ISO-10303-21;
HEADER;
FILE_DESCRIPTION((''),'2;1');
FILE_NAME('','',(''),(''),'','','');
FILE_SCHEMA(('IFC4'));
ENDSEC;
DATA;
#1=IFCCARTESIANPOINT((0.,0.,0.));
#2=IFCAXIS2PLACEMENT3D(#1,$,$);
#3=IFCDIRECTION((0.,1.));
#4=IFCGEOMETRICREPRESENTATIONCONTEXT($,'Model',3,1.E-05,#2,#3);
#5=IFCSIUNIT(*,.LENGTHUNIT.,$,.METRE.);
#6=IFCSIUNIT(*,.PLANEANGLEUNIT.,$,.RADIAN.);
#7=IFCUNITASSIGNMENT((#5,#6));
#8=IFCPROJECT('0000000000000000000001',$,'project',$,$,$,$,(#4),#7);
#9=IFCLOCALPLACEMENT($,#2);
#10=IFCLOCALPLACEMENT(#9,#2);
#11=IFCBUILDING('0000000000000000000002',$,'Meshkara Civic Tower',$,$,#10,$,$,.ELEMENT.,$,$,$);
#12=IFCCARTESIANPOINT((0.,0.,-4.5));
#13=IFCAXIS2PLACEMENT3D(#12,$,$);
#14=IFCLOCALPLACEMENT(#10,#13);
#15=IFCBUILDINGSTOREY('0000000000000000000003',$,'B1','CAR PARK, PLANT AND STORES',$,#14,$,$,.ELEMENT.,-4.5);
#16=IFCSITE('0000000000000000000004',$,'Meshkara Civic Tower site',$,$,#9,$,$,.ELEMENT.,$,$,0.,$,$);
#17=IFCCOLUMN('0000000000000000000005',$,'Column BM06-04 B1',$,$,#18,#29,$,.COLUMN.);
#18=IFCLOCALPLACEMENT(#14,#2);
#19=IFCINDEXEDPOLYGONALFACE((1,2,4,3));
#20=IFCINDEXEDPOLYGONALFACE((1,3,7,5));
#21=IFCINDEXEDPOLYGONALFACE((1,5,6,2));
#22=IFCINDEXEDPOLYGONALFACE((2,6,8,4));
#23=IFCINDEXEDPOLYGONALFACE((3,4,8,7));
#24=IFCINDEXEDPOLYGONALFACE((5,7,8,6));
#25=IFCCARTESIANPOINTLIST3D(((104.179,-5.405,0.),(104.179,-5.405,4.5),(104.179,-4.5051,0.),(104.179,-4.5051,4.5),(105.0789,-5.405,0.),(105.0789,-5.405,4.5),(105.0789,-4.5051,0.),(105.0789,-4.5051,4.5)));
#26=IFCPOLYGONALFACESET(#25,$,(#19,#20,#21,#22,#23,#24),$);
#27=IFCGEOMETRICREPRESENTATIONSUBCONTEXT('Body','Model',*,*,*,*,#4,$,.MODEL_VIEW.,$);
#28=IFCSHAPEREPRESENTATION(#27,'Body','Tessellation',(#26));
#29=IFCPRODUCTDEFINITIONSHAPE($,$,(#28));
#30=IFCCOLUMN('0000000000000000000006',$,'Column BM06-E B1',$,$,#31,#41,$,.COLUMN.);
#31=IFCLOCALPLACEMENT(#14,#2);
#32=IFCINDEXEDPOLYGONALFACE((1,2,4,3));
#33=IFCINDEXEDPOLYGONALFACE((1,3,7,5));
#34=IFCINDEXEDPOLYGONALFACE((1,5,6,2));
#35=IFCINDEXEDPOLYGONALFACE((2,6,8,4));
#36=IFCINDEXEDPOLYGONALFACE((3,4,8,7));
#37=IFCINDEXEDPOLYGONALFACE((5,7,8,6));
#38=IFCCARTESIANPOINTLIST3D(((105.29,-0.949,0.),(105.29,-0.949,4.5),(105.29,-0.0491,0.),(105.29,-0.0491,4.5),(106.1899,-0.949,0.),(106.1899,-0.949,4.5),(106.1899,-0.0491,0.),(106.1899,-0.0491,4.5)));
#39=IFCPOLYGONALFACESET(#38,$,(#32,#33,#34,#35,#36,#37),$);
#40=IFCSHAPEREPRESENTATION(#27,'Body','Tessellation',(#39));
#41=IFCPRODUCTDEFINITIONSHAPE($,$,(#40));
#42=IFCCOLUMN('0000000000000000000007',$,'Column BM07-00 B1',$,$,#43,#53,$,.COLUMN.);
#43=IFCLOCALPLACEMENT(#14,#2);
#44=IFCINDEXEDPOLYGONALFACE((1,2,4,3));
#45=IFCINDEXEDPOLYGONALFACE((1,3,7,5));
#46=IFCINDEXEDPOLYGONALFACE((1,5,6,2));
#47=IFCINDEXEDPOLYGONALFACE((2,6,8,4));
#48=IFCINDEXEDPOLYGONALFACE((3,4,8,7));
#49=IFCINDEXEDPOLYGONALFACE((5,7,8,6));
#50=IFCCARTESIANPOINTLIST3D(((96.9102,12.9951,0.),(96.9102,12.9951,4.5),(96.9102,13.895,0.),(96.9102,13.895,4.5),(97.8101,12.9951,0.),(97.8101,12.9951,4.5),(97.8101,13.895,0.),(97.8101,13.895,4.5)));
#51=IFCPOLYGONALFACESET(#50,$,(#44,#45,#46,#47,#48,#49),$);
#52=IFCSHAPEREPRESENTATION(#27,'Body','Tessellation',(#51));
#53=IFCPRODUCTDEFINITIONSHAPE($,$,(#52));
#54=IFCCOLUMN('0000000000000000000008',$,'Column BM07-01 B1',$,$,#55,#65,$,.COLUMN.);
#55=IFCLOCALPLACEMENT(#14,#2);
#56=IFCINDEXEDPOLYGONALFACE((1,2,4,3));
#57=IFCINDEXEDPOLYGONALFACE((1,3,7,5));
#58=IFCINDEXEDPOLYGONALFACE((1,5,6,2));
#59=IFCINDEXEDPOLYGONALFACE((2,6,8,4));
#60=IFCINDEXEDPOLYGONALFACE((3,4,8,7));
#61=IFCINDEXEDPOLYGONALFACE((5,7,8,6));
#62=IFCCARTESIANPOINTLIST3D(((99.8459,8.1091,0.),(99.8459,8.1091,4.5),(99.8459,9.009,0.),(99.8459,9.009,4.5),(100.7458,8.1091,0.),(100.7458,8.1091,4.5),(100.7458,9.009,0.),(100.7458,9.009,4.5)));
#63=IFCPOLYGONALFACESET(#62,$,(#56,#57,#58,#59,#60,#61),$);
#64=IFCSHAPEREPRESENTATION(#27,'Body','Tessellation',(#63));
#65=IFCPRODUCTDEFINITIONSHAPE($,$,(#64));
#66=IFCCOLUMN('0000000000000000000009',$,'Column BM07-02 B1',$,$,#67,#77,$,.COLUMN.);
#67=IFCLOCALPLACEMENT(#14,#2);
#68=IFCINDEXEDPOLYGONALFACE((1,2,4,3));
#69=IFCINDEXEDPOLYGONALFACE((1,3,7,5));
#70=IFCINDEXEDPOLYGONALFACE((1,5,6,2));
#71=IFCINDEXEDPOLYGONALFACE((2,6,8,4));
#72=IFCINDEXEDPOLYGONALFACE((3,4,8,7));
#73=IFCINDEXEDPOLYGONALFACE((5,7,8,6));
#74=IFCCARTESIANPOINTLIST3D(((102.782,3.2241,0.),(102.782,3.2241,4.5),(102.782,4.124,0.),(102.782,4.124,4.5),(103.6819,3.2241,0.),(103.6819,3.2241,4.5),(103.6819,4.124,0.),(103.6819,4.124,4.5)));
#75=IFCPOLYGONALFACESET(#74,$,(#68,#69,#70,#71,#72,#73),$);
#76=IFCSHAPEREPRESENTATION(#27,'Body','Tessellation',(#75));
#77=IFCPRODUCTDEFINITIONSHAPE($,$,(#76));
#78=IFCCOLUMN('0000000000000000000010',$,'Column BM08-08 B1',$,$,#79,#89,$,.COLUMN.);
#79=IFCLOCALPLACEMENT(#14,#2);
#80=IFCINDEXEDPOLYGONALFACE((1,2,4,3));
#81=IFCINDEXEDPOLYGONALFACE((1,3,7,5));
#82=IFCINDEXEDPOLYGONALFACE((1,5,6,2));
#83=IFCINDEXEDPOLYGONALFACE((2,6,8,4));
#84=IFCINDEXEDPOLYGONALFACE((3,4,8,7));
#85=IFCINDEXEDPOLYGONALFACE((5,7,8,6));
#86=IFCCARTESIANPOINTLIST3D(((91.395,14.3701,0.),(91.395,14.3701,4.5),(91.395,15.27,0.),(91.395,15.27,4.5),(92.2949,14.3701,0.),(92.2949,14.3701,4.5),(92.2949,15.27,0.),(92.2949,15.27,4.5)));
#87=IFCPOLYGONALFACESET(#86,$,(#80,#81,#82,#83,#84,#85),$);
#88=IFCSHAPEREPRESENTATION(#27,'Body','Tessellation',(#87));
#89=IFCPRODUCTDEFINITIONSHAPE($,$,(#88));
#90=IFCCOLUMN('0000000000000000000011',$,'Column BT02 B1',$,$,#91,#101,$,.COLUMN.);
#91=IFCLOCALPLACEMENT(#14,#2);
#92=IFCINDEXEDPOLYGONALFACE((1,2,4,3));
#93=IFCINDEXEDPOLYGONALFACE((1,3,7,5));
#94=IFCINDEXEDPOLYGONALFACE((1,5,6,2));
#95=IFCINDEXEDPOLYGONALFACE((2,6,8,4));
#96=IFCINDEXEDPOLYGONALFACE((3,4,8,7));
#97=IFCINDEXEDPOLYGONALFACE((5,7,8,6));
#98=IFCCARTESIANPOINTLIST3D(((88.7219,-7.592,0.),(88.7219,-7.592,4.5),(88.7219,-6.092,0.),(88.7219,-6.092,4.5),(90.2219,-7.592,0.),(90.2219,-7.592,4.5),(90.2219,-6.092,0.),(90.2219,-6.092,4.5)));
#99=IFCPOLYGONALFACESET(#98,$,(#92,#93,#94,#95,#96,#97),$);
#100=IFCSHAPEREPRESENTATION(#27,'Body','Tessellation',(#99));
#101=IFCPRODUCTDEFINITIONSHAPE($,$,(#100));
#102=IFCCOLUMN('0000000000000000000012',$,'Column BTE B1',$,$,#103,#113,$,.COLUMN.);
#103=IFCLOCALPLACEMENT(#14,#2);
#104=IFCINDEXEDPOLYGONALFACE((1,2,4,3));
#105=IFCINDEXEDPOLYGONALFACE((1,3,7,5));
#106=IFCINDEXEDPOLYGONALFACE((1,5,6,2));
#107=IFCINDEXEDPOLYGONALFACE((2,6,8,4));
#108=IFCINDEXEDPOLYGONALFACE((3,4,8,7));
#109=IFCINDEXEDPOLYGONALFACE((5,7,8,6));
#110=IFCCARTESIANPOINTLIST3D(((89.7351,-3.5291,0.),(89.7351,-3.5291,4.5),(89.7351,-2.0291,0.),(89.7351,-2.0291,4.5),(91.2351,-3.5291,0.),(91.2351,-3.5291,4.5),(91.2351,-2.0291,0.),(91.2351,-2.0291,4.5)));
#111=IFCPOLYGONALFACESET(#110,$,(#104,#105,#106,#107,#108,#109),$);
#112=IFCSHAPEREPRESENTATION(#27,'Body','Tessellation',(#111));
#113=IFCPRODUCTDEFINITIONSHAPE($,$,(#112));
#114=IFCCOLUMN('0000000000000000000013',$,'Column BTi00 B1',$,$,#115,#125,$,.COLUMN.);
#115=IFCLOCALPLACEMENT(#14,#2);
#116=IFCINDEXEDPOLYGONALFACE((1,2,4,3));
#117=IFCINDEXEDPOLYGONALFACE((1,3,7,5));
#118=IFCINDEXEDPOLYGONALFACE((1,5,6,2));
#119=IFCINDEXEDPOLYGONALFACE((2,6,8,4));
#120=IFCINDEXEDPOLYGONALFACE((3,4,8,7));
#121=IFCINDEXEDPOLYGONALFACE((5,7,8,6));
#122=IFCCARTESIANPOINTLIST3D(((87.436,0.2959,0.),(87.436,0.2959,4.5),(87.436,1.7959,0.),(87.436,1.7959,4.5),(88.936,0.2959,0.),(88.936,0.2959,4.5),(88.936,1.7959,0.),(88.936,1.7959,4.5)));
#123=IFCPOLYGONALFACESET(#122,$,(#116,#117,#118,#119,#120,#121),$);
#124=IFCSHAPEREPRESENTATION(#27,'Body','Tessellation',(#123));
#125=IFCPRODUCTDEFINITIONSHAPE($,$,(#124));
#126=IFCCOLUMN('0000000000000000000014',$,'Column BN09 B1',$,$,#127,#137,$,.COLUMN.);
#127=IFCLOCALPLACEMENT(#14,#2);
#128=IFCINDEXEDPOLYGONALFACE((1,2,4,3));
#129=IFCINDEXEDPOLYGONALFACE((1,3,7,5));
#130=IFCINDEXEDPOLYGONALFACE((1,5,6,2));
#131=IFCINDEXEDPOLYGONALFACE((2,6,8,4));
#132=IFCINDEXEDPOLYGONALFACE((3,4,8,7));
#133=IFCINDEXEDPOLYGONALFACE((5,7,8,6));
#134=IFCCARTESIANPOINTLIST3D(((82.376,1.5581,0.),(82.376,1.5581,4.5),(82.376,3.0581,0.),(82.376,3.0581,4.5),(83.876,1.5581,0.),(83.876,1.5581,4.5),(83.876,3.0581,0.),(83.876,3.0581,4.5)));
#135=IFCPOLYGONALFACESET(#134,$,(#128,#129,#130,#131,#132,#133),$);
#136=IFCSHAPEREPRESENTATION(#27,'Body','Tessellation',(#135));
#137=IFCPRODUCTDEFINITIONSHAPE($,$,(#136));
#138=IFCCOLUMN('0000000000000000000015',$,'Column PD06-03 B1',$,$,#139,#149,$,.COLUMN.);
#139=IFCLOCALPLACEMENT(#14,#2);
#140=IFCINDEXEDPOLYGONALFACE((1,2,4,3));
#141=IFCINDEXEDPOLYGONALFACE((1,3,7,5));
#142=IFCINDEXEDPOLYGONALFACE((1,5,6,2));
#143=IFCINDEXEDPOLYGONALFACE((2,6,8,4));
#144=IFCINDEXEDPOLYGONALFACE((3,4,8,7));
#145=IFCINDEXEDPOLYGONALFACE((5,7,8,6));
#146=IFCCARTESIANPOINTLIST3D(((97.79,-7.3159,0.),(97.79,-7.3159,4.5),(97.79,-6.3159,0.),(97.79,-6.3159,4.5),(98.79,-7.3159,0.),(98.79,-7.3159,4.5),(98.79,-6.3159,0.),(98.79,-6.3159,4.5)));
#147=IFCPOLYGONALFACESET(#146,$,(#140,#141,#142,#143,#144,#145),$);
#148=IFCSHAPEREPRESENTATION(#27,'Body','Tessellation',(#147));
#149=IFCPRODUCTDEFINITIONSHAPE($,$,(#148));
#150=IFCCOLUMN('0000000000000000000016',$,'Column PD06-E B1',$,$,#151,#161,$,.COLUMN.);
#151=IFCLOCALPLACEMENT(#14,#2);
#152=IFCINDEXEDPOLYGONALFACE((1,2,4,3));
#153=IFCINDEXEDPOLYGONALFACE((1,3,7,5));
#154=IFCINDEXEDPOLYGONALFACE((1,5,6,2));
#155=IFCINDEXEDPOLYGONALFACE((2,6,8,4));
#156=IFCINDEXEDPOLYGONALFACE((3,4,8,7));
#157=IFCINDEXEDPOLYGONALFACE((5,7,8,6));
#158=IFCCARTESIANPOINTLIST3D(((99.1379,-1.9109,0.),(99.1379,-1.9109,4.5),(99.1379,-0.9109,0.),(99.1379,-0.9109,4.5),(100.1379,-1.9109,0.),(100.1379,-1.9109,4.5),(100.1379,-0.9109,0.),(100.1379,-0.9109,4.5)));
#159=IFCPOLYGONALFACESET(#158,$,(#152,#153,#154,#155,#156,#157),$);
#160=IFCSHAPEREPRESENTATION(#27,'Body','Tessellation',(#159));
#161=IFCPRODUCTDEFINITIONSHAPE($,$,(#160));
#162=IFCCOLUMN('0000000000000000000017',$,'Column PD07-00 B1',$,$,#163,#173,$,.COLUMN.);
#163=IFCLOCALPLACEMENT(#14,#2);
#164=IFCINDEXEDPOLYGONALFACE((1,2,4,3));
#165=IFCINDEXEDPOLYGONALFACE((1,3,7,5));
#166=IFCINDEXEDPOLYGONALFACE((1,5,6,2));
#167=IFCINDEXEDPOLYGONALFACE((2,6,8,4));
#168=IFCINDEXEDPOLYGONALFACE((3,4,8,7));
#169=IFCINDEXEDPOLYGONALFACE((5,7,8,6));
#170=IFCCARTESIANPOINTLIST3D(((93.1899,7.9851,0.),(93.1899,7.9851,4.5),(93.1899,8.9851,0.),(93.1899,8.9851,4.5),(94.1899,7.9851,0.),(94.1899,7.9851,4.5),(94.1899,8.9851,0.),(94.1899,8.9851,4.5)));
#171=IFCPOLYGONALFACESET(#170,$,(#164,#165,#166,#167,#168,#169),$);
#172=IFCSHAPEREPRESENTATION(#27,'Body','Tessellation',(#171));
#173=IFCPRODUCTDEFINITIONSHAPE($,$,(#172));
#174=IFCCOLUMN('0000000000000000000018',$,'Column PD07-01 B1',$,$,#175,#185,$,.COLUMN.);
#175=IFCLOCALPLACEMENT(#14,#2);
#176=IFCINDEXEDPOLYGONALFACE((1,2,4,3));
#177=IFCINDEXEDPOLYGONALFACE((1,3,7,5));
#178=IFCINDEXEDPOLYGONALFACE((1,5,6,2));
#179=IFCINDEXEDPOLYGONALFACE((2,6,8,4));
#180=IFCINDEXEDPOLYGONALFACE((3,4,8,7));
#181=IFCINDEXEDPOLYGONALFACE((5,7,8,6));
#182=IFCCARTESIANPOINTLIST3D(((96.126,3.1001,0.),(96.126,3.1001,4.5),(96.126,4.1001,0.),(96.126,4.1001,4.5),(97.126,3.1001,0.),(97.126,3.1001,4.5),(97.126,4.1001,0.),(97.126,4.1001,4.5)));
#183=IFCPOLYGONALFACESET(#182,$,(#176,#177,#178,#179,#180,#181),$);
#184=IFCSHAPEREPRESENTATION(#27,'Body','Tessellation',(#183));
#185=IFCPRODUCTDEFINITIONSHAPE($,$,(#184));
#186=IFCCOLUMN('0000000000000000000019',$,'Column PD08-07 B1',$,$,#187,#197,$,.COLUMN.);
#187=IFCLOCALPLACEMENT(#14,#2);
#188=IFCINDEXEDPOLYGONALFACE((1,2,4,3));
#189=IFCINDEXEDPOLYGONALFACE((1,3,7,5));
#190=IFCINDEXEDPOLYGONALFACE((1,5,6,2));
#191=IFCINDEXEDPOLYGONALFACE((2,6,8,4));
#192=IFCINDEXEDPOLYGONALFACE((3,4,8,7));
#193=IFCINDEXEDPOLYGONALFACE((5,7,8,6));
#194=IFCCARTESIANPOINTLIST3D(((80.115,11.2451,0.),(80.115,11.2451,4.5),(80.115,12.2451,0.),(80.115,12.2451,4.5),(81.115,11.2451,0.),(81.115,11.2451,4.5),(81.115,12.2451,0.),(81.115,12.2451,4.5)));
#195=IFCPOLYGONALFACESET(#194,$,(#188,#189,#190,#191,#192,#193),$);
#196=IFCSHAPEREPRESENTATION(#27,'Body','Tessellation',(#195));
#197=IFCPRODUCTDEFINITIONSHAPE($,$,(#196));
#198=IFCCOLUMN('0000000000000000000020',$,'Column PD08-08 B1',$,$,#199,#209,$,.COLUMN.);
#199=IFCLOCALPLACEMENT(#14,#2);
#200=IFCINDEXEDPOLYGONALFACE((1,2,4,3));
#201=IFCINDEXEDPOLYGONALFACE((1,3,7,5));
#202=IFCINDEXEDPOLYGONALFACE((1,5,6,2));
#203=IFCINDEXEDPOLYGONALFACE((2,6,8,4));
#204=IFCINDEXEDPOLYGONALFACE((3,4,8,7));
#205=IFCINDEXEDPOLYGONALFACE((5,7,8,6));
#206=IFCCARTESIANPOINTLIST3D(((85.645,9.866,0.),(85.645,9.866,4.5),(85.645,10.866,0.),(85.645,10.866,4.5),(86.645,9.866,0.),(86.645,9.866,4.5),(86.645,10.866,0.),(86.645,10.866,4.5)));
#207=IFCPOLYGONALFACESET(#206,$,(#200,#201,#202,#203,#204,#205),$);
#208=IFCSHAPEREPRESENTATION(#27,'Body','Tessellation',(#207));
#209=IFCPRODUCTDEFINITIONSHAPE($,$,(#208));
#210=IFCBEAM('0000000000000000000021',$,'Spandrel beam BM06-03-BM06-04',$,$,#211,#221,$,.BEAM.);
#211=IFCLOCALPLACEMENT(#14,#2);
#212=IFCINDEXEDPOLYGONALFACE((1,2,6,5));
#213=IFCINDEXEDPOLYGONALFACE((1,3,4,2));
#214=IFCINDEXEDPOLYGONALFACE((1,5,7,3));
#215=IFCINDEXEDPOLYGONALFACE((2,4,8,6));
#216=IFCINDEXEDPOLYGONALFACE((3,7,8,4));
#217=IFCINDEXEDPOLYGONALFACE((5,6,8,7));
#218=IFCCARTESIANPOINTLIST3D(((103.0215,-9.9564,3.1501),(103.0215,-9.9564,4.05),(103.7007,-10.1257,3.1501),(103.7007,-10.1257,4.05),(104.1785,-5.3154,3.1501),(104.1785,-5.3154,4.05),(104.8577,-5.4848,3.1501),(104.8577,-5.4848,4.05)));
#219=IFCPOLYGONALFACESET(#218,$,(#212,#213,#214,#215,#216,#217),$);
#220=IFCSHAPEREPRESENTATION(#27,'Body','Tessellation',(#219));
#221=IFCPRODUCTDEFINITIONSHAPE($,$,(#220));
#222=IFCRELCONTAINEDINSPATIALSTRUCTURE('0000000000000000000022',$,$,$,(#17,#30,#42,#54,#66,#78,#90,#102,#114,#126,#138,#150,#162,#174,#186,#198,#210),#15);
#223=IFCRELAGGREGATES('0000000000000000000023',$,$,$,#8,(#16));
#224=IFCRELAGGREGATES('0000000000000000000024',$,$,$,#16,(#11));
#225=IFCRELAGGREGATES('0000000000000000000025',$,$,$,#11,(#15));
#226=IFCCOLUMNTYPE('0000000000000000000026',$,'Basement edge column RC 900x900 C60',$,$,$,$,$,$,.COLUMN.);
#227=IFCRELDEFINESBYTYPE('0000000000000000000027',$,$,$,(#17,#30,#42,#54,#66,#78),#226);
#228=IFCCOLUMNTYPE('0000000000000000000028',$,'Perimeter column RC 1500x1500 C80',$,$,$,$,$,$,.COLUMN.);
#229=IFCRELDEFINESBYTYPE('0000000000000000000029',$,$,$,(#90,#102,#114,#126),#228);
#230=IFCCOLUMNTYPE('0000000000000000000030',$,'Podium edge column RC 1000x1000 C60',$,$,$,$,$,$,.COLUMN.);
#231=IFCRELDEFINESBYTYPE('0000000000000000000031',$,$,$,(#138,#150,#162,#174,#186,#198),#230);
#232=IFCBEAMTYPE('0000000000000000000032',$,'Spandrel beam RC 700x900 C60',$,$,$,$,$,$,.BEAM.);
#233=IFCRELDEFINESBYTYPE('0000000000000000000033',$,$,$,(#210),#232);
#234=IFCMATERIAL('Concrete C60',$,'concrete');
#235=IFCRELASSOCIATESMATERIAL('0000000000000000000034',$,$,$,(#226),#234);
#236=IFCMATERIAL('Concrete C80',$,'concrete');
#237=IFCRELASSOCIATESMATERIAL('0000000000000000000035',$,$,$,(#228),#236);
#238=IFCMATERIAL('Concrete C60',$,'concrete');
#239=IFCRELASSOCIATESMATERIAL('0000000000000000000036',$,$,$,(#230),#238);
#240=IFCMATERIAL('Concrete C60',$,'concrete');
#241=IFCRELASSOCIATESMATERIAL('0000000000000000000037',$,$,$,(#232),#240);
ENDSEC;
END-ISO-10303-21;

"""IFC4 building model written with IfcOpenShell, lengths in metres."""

from ifc_helpers import new_model, si_unit, direction, frame, origin, origin_2d, place, context, subcontext, project, spatial, rectangle, extrude, material, material_profile, profile_set, type_object, element, save


model = new_model("IFC4")

# Units and contexts
model_context = context("Model", 3, precision=1e-05, world=origin(), true_north=direction((0.0, 1.0)))
body_context = subcontext(model_context, "Body", "Model", "MODEL_VIEW")
ifc_project = project(units=[si_unit("LENGTHUNIT", "METRE"), si_unit("PLANEANGLEUNIT", "RADIAN")], contexts=[model_context])

# Site, building, storey
site_placement = place(None, origin())
site = spatial("IfcSite", under=ifc_project, at=site_placement, Name="Meshkara Civic Tower site", CompositionType="ELEMENT", RefElevation=0.0)
building_placement = place(site_placement, origin())
building = spatial("IfcBuilding", under=site, at=building_placement, Name="Meshkara Civic Tower", CompositionType="ELEMENT")
storey_placement = place(building_placement, frame((0.0, 0.0, -4.5)))
storey = spatial("IfcBuildingStorey", under=building, at=storey_placement, Name="B1", Description="CAR PARK, PLANT AND STORES", CompositionType="ELEMENT", Elevation=-4.5)

# Columns
ifc_material_1 = material(Name="Concrete C60", Category="concrete")
ifc_material_profile_1 = material_profile(ifc_material_1, rectangle(XDim=0.8999, YDim=0.8999, at=origin_2d()))
ifc_profile_set_1 = profile_set([ifc_material_profile_1], Name="Concrete C60")
column_type_1 = type_object("IfcColumnType", Name="Basement edge column RC 900x900 C60", PredefinedType="COLUMN", material=ifc_profile_set_1)
for number, where, z_axis, x_axis, name in (
    (1, (104.6289, -4.9551, 0.0), (0.0, 0.0, 1.0), (1.0, 0.0, 0.0), "Column BM06-04 B1"),
    (2, (105.74, -0.499, 0.0), (0.0, 0.0, 1.0), (1.0, 0.0, 0.0), "Column BM06-E B1"),
    (3, (97.3601, 13.4451, 0.0), (0.0, 0.0, 1.0), (1.0, 0.0, 0.0), "Column BM07-00 B1"),
    (4, (100.2959, 8.5591, 0.0), (0.0, 0.0, 1.0), (1.0, 0.0, 0.0), "Column BM07-01 B1"),
    (5, (103.2319, 3.6741, 0.0), (0.0, 0.0, 1.0), (1.0, 0.0, 0.0), "Column BM07-02 B1"),
    (6, (91.845, 14.8201, 0.0), (0.0, 0.0, 1.0), (1.0, 0.0, 0.0), "Column BM08-08 B1"),
):
    element("IfcColumn", number, at=place(storey_placement, frame(where, z_axis=z_axis, x_axis=x_axis)), inside=storey, type_object=column_type_1, Name=name, PredefinedType="COLUMN", context=body_context, shape_type="SweptSolid", body=[
        extrude(rectangle(XDim=0.8999, YDim=0.8999, at=origin_2d()), origin(), (0.0, 0.0, 1.0), 4.5),
    ])
ifc_material_2 = material(Name="Concrete C80", Category="concrete")
ifc_material_profile_2 = material_profile(ifc_material_2, rectangle(XDim=1.5, YDim=1.5, at=origin_2d()))
ifc_profile_set_2 = profile_set([ifc_material_profile_2], Name="Concrete C80")
column_type_2 = type_object("IfcColumnType", Name="Perimeter column RC 1500x1500 C80", PredefinedType="COLUMN", material=ifc_profile_set_2)
for number, where, z_axis, x_axis, name in (
    (7, (89.4719, -6.842, 0.0), (0.0, 0.0, 1.0), (1.0, 0.0, 0.0), "Column BT02 B1"),
    (8, (90.4851, -2.7791, 0.0), (0.0, 0.0, 1.0), (1.0, 0.0, 0.0), "Column BTE B1"),
    (9, (88.186, 1.0459, 0.0), (0.0, 0.0, 1.0), (1.0, 0.0, 0.0), "Column BTi00 B1"),
    (10, (83.126, 2.3081, 0.0), (0.0, 0.0, 1.0), (1.0, 0.0, 0.0), "Column BN09 B1"),
):
    element("IfcColumn", number, at=place(storey_placement, frame(where, z_axis=z_axis, x_axis=x_axis)), inside=storey, type_object=column_type_2, Name=name, PredefinedType="COLUMN", context=body_context, shape_type="SweptSolid", body=[
        extrude(rectangle(XDim=1.5, YDim=1.5, at=origin_2d()), origin(), (0.0, 0.0, 1.0), 4.5),
    ])
ifc_material_3 = material(Name="Concrete C60", Category="concrete")
ifc_material_profile_3 = material_profile(ifc_material_3, rectangle(XDim=1.0, YDim=1.0, at=origin_2d()))
ifc_profile_set_3 = profile_set([ifc_material_profile_3], Name="Concrete C60")
column_type_3 = type_object("IfcColumnType", Name="Podium edge column RC 1000x1000 C60", PredefinedType="COLUMN", material=ifc_profile_set_3)
for number, where, z_axis, x_axis, name in (
    (11, (98.29, -6.8159, 0.0), (0.0, 0.0, 1.0), (1.0, 0.0, 0.0), "Column PD06-03 B1"),
    (12, (99.6379, -1.4109, 0.0), (0.0, 0.0, 1.0), (1.0, 0.0, 0.0), "Column PD06-E B1"),
    (13, (93.6899, 8.4851, 0.0), (0.0, 0.0, 1.0), (1.0, 0.0, 0.0), "Column PD07-00 B1"),
    (14, (96.626, 3.6001, 0.0), (0.0, 0.0, 1.0), (1.0, 0.0, 0.0), "Column PD07-01 B1"),
    (15, (80.615, 11.7451, 0.0), (0.0, 0.0, 1.0), (1.0, 0.0, 0.0), "Column PD08-07 B1"),
    (16, (86.145, 10.366, 0.0), (0.0, 0.0, 1.0), (1.0, 0.0, 0.0), "Column PD08-08 B1"),
):
    element("IfcColumn", number, at=place(storey_placement, frame(where, z_axis=z_axis, x_axis=x_axis)), inside=storey, type_object=column_type_3, Name=name, PredefinedType="COLUMN", context=body_context, shape_type="SweptSolid", body=[
        extrude(rectangle(XDim=1.0, YDim=1.0, at=origin_2d()), origin(), (0.0, 0.0, 1.0), 4.5),
    ])

# Beam
ifc_material_4 = material(Name="Concrete C60", Category="concrete")
ifc_material_profile_4 = material_profile(ifc_material_4, rectangle(XDim=0.7, YDim=0.8999, at=origin_2d()))
ifc_profile_set_4 = profile_set([ifc_material_profile_4], Name="Concrete C60")
beam_type = type_object("IfcBeamType", Name="Spandrel beam RC 700x900 C60", PredefinedType="BEAM", material=ifc_profile_set_4)
beam_1_placement = place(storey_placement, frame((103.3611, -10.041, 3.6001), z_axis=(0.241899, 0.970301, 0.0), x_axis=(-0.970301, 0.241899, 0.0)))
element("IfcBeam", 17, at=beam_1_placement, inside=storey, type_object=beam_type, Name="Spandrel beam BM06-03-BM06-04", PredefinedType="BEAM", context=body_context, shape_type="SweptSolid", body=[
    extrude(rectangle(XDim=0.7, YDim=0.8999, at=origin_2d()), origin(), (0.0, 0.0, 1.0), 4.783),
])

save(model, "model.ifc")
